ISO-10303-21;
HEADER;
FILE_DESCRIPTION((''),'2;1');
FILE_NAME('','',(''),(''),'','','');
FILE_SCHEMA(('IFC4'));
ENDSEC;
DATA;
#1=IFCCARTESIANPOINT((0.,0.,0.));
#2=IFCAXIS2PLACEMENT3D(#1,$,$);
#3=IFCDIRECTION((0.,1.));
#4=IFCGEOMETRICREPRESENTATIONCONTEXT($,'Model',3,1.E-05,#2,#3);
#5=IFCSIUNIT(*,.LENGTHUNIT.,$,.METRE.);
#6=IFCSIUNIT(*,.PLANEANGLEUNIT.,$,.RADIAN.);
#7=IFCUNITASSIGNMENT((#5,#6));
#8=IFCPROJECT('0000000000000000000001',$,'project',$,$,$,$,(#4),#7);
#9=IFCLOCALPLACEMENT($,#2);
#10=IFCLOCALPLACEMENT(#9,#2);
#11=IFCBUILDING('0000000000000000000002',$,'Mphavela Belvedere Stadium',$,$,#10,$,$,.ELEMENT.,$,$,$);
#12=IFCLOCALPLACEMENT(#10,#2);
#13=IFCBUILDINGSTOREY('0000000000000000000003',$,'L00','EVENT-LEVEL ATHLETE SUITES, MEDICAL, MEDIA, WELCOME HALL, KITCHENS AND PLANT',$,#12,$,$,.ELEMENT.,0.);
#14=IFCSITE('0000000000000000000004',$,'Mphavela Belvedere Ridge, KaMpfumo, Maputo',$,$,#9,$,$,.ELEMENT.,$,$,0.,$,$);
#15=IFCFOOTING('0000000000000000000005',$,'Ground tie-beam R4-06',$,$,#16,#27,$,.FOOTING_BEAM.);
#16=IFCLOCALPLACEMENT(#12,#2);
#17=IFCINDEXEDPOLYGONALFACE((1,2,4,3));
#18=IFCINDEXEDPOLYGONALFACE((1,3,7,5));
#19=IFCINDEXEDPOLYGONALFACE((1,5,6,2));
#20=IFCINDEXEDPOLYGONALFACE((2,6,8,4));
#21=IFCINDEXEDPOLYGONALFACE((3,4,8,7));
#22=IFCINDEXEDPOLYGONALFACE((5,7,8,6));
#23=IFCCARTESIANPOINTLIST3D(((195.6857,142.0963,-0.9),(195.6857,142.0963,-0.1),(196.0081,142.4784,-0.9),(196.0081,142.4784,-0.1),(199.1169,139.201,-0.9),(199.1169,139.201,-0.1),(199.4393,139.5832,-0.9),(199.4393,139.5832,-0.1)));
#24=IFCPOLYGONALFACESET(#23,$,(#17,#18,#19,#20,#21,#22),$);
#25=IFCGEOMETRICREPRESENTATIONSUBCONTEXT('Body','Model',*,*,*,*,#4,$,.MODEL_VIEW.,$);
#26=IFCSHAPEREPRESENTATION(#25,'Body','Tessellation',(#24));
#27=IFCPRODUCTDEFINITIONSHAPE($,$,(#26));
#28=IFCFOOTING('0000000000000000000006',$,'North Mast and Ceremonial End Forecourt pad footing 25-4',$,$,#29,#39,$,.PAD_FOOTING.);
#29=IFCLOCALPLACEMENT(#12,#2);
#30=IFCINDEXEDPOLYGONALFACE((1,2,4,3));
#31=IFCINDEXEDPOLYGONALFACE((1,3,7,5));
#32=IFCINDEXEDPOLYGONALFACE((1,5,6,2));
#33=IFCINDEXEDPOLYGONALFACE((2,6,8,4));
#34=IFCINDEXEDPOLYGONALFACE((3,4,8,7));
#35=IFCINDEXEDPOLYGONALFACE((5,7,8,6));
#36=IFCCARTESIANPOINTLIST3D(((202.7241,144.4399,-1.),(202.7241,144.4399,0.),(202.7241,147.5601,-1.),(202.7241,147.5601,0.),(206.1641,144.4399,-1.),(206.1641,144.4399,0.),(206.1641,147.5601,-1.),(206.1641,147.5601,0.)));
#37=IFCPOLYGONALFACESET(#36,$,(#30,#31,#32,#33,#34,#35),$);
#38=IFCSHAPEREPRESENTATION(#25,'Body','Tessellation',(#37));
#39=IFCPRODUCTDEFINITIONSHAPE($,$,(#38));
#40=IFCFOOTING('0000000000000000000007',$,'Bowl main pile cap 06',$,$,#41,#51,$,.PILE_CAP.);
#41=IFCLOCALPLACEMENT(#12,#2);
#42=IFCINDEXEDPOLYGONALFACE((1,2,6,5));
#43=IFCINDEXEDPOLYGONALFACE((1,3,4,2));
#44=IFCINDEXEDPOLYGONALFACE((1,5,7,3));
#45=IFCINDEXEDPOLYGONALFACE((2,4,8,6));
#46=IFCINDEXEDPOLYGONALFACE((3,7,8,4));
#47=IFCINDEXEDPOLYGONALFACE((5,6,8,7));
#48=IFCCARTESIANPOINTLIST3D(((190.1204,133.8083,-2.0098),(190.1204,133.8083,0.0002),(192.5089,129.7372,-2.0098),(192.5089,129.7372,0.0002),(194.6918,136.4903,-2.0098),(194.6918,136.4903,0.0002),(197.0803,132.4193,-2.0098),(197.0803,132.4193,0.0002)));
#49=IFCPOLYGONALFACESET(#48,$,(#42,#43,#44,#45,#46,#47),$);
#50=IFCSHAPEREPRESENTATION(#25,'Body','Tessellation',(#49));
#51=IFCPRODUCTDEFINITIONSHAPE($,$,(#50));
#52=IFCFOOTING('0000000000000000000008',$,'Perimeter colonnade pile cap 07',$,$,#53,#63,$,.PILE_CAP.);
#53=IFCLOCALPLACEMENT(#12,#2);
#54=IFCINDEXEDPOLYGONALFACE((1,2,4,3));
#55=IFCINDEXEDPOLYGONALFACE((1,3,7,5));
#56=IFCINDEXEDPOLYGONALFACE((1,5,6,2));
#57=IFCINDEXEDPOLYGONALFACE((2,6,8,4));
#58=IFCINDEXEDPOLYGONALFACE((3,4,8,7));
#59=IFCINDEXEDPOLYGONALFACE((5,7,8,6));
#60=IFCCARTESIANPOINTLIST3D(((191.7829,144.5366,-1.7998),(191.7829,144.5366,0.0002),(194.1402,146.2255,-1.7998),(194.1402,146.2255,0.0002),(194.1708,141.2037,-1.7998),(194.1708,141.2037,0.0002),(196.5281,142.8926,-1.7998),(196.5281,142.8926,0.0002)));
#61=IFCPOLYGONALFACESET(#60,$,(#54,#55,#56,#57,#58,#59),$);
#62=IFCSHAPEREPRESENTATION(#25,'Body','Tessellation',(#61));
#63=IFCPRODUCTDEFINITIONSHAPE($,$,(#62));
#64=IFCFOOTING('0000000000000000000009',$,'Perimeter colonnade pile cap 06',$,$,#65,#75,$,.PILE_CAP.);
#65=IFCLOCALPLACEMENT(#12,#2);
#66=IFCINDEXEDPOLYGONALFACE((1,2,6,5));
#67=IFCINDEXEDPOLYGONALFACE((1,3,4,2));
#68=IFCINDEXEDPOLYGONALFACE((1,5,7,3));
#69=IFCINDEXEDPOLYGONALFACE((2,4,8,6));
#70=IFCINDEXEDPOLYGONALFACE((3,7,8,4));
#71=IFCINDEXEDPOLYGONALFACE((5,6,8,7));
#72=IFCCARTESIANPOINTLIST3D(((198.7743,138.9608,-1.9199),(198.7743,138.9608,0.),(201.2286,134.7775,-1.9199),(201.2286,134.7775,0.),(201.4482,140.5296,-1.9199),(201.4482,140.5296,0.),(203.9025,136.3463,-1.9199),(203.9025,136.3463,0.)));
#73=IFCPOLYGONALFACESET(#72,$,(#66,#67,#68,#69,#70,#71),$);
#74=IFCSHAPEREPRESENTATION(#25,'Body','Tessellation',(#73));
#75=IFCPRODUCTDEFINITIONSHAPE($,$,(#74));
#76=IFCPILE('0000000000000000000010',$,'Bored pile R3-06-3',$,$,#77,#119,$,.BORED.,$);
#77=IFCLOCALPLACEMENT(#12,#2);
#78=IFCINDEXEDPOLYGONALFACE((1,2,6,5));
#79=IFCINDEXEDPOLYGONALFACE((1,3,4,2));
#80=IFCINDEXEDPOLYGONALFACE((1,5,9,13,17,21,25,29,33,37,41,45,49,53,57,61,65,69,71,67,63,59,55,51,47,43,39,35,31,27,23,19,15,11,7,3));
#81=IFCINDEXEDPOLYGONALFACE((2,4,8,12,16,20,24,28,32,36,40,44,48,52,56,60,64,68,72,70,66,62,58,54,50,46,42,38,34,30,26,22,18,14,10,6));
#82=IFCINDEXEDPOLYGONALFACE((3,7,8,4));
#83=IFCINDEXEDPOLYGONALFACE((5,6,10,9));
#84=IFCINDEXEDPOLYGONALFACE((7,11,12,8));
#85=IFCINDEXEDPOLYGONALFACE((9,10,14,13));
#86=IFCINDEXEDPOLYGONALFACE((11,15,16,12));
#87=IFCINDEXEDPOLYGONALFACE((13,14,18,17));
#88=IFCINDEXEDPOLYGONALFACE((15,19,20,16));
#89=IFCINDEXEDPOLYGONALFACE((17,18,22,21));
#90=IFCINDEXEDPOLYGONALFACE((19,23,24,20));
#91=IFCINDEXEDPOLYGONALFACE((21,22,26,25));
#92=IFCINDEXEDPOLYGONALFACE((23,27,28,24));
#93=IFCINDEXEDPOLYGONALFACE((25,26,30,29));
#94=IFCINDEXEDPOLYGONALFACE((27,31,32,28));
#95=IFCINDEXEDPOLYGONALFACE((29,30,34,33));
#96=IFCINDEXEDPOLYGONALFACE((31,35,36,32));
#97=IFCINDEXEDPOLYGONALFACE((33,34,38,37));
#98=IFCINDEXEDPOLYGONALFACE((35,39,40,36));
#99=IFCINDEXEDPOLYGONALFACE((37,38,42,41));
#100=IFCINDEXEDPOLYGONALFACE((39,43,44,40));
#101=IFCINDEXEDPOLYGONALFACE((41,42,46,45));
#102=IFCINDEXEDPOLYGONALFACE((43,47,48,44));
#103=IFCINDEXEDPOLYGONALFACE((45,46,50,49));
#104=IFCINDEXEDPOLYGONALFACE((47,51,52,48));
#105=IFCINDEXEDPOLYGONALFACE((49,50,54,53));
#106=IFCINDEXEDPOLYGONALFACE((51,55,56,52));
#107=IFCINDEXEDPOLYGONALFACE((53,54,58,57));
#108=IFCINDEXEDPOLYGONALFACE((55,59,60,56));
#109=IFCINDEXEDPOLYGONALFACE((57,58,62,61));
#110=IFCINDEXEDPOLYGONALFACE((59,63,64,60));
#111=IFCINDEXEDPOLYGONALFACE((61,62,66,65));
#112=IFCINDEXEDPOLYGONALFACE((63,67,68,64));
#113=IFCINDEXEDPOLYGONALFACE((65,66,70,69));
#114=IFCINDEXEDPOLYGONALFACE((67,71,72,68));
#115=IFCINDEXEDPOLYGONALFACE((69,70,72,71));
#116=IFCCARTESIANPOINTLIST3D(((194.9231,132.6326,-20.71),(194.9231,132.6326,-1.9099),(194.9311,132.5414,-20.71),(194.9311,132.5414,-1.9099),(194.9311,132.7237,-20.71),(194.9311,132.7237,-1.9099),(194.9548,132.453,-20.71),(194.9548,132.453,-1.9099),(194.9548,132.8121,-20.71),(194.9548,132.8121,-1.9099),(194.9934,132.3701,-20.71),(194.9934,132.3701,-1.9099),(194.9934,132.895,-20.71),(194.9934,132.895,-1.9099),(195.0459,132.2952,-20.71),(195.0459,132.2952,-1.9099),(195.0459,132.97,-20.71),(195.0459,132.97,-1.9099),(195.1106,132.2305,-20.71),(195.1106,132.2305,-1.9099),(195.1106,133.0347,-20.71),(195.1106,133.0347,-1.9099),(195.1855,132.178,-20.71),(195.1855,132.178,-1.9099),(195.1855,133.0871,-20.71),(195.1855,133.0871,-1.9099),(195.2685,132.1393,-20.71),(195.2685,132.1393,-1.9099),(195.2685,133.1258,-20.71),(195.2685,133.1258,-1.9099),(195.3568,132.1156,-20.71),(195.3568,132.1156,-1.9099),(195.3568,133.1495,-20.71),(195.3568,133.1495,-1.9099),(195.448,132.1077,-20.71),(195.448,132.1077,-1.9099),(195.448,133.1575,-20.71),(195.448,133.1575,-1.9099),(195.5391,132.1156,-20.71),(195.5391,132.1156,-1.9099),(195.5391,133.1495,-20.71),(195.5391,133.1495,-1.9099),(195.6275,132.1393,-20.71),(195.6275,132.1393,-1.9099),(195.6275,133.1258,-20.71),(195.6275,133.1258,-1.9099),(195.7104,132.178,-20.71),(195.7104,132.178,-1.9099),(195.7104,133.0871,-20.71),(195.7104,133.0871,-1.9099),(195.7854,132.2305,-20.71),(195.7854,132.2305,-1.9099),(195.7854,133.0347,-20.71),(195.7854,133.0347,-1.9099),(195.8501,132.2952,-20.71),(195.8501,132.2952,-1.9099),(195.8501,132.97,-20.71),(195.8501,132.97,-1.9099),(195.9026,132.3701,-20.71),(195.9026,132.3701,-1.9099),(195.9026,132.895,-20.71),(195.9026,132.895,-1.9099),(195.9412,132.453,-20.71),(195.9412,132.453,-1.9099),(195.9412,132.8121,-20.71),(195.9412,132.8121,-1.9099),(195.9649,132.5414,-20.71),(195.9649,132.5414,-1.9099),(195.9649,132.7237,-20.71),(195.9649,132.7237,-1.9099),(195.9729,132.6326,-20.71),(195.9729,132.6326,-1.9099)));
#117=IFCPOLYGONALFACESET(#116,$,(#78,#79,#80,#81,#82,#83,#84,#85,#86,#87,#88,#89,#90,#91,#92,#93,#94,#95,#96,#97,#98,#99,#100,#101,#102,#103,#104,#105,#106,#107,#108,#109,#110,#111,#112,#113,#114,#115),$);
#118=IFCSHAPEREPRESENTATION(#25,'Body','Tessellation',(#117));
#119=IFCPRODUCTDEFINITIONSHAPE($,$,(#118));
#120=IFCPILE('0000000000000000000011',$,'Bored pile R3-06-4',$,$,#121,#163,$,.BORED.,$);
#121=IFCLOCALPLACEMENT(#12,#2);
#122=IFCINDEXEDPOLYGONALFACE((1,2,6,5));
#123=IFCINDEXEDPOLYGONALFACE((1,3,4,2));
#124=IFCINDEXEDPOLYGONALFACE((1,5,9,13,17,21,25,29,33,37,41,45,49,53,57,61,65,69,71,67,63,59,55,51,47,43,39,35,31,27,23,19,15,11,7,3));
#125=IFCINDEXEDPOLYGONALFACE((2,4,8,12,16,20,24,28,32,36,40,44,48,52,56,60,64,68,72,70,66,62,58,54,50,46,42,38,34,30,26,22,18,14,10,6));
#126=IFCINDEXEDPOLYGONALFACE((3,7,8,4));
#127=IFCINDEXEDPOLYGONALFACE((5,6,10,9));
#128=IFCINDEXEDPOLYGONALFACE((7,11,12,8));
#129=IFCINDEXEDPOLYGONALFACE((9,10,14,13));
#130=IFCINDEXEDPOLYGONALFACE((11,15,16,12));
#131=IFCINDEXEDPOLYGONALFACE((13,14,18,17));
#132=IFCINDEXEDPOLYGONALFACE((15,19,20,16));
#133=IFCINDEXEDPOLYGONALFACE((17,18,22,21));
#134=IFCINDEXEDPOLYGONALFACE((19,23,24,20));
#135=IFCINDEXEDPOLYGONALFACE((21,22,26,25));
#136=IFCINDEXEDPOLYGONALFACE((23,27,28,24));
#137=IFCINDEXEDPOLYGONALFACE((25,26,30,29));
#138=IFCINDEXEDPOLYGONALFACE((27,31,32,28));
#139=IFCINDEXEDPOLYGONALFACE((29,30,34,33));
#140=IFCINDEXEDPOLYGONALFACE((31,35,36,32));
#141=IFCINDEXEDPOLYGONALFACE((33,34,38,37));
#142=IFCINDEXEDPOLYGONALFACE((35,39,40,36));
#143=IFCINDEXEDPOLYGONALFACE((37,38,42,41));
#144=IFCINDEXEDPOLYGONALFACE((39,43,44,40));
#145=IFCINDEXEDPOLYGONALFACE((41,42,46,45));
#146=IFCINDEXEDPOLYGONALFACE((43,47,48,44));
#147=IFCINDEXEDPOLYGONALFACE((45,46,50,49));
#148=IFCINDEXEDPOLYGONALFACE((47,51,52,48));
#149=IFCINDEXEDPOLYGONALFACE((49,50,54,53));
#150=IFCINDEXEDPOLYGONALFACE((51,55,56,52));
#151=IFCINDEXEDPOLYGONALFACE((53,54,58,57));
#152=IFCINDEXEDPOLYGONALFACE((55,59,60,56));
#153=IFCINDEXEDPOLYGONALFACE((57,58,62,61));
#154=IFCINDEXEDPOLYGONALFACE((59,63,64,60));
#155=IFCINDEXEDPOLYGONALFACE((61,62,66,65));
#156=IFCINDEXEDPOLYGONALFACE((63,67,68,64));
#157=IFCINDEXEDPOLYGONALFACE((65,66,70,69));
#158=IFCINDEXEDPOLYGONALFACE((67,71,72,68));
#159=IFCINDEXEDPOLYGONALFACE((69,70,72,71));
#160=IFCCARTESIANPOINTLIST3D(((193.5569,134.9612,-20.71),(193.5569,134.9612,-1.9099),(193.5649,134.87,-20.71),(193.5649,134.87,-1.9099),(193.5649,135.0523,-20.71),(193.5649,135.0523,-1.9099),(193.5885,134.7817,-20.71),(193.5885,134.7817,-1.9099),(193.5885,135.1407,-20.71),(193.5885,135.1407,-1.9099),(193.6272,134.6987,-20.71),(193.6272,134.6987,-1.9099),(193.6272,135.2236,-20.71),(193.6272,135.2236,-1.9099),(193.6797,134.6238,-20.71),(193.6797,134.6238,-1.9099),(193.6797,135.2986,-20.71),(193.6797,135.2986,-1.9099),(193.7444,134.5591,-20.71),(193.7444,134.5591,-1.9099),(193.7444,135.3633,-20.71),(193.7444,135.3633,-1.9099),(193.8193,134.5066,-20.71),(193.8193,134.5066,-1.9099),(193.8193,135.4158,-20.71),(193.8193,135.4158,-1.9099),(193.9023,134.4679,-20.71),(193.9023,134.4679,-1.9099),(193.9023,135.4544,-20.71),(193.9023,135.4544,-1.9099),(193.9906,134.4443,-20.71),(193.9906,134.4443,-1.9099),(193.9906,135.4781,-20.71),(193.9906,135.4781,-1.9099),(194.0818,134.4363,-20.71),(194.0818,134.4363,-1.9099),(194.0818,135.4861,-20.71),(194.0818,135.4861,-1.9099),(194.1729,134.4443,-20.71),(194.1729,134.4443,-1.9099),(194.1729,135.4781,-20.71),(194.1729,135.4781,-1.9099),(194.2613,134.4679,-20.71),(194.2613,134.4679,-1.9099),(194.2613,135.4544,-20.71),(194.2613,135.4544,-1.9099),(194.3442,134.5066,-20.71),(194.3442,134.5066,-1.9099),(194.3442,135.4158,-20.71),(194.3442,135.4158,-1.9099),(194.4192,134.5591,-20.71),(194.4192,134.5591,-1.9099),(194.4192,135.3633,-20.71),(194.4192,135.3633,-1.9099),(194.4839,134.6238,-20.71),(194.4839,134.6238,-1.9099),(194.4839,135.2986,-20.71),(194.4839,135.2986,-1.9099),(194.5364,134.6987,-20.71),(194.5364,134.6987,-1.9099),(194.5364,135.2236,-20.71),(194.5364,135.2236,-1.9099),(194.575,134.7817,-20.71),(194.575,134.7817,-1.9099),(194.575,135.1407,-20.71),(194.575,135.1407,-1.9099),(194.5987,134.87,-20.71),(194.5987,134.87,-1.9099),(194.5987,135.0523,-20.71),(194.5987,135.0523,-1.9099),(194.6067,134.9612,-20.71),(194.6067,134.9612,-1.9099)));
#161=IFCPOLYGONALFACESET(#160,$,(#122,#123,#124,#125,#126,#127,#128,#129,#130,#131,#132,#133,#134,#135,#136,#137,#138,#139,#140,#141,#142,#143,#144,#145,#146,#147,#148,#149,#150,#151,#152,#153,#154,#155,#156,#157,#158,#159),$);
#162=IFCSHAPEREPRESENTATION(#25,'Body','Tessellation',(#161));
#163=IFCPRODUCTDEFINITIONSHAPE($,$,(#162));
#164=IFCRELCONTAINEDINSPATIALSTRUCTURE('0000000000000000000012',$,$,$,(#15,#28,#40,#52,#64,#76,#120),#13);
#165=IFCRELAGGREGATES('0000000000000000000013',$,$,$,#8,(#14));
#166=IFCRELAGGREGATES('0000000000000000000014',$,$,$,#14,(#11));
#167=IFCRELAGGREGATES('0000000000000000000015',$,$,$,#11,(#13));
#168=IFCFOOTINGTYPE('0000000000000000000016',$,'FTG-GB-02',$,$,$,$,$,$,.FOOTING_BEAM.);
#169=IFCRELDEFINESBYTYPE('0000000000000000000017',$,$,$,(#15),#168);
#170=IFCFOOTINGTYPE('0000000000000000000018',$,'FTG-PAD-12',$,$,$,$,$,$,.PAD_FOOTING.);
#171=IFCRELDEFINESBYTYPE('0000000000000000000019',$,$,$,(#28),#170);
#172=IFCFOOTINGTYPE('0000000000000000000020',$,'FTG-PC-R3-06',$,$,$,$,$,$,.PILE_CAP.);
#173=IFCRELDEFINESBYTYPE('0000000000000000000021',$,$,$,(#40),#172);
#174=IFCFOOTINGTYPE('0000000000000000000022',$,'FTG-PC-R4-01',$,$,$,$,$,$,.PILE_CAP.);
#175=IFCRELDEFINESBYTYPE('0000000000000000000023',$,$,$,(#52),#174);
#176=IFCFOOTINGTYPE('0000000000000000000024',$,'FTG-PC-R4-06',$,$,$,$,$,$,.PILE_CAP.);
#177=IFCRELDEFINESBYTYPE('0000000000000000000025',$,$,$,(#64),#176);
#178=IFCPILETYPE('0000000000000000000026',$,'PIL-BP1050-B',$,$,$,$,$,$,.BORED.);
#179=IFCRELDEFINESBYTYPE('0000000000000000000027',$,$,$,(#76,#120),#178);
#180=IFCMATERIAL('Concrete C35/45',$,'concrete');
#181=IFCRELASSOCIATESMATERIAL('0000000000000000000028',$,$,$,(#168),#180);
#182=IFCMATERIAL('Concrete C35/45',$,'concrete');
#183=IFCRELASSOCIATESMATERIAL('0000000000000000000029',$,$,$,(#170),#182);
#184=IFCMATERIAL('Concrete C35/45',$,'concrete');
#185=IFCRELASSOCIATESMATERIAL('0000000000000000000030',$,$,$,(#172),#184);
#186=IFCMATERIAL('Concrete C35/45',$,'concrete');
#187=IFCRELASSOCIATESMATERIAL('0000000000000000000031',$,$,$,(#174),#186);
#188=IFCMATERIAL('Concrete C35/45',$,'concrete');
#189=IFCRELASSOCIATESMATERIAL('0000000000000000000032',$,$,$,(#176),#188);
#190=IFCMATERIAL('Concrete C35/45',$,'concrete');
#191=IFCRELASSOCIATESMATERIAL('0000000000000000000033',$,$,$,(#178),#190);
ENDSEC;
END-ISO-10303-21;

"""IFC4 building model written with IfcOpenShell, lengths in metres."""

from ifc_helpers import new_model, si_unit, direction, frame, origin, origin_2d, place, context, subcontext, project, spatial, rectangle, circle, extrude, material, material_profile, profile_set, type_object, element, save


model = new_model("IFC4")

# Units and contexts
model_context = context("Model", 3, precision=1e-05, world=origin(), true_north=direction((0.0, 1.0)))
body_context = subcontext(model_context, "Body", "Model", "MODEL_VIEW")
ifc_project = project(units=[si_unit("LENGTHUNIT", "METRE"), si_unit("PLANEANGLEUNIT", "RADIAN")], contexts=[model_context])

# Site, building, storey
site_placement = place(None, origin())
site = spatial("IfcSite", under=ifc_project, at=site_placement, Name="Mphavela Belvedere Ridge, KaMpfumo, Maputo", CompositionType="ELEMENT", RefElevation=0.0)
building_placement = place(site_placement, origin())
building = spatial("IfcBuilding", under=site, at=building_placement, Name="Mphavela Belvedere Stadium", CompositionType="ELEMENT")
storey_placement = place(building_placement, origin())
storey = spatial("IfcBuildingStorey", under=building, at=storey_placement, Name="L00", Description="EVENT-LEVEL ATHLETE SUITES, MEDICAL, MEDIA, WELCOME HALL, KITCHENS AND PLANT", CompositionType="ELEMENT", Elevation=0.0)

# Footings
ifc_material_1 = material(Name="Concrete C35/45", Category="concrete")
ifc_material_profile_1 = material_profile(ifc_material_1, rectangle(XDim=0.5, YDim=0.8, at=origin_2d()), Name="GB 500x800")
ifc_profile_set_1 = profile_set([ifc_material_profile_1], Name="Concrete C35/45")
footing_type_1 = type_object("IfcFootingType", Name="FTG-GB-02", PredefinedType="FOOTING_BEAM", material=ifc_profile_set_1)
footing_1_placement = place(storey_placement, frame((199.2781, 139.3921, -0.5), z_axis=(-0.764266, 0.644901, 0.0), x_axis=(-0.644901, -0.764266, 0.0)))
element("IfcFooting", 1, at=footing_1_placement, inside=storey, type_object=footing_type_1, Name="Ground tie-beam R4-06", PredefinedType="FOOTING_BEAM", context=body_context, shape_type="SweptSolid", body=[
    extrude(rectangle(XDim=0.5, YDim=0.8, at=origin_2d()), origin(), (0.0, 0.0, 1.0), 4.4895),
])
ifc_material_2 = material(Name="Concrete C35/45", Category="concrete")
footing_type_2 = type_object("IfcFootingType", Name="FTG-PAD-12", PredefinedType="PAD_FOOTING", material=ifc_material_2)
footing_2_placement = place(storey_placement, frame((204.4441, 146.0, -1.0), z_axis=(0.0, 0.0, 1.0), x_axis=(1.0, 0.0, 0.0)))
element("IfcFooting", 2, at=footing_2_placement, inside=storey, type_object=footing_type_2, Name="North Mast and Ceremonial End Forecourt pad footing 25-4", PredefinedType="PAD_FOOTING", context=body_context, shape_type="SweptSolid", body=[
    extrude(rectangle(XDim=3.4399, YDim=3.1201, at=origin_2d()), origin(), (0.0, 0.0, 1.0), 1.0),
])
ifc_material_3 = material(Name="Concrete C35/45", Category="concrete")
footing_type_3 = type_object("IfcFootingType", Name="FTG-PC-R3-06", PredefinedType="PILE_CAP", material=ifc_material_3)
footing_3_placement = place(storey_placement, frame((193.6003, 133.1138, -2.0098), z_axis=(0.0, 0.0, 1.0), x_axis=(0.862514, 0.506034, 0.0)))
element("IfcFooting", 3, at=footing_3_placement, inside=storey, type_object=footing_type_3, Name="Bowl main pile cap 06", PredefinedType="PILE_CAP", context=body_context, shape_type="SweptSolid", body=[
    extrude(rectangle(XDim=5.3, YDim=4.72, at=origin_2d()), origin(), (0.0, 0.0, 1.0), 2.01),
])
ifc_material_4 = material(Name="Concrete C35/45", Category="concrete")
footing_type_4 = type_object("IfcFootingType", Name="FTG-PC-R4-01", PredefinedType="PILE_CAP", material=ifc_material_4)
footing_4_placement = place(storey_placement, frame((194.1555, 143.7146, -1.7998), z_axis=(0.0, 0.0, 1.0), x_axis=(-0.582407, 0.812898, 0.0)))
element("IfcFooting", 4, at=footing_4_placement, inside=storey, type_object=footing_type_4, Name="Perimeter colonnade pile cap 07", PredefinedType="PILE_CAP", context=body_context, shape_type="SweptSolid", body=[
    extrude(rectangle(XDim=4.1001, YDim=2.8999, at=origin_2d()), origin(), (0.0, 0.0, 1.0), 1.8),
])
ifc_material_5 = material(Name="Concrete C35/45", Category="concrete")
footing_type_5 = type_object("IfcFootingType", Name="FTG-PC-R4-06", PredefinedType="PILE_CAP", material=ifc_material_5)
footing_5_placement = place(storey_placement, frame((201.3384, 137.6536, -1.9199), z_axis=(0.0, 0.0, 1.0), x_axis=(-0.506034, 0.862514, 0.0)))
element("IfcFooting", 5, at=footing_5_placement, inside=storey, type_object=footing_type_5, Name="Perimeter colonnade pile cap 06", PredefinedType="PILE_CAP", context=body_context, shape_type="SweptSolid", body=[
    extrude(rectangle(XDim=4.8501, YDim=3.1001, at=origin_2d()), origin(), (0.0, 0.0, 1.0), 1.9199),
])

# Piles
ifc_material_6 = material(Name="Concrete C35/45", Category="concrete")
ifc_material_profile_2 = material_profile(ifc_material_6, circle(Radius=0.5249, at=origin_2d()), Name="BP D1050")
ifc_profile_set_2 = profile_set([ifc_material_profile_2], Name="Concrete C35/45")
pile_type_1 = type_object("IfcPileType", Name="PIL-BP1050-B", PredefinedType="BORED", material=ifc_profile_set_2)
for number, where, z_axis, x_axis, name in (
    (6, (195.448, 132.6326, -1.9099), (0.0, 0.0, -1.0), (1.0, 0.0, 0.0), "Bored pile R3-06-3"),
    (7, (194.0818, 134.9612, -1.9099), (0.0, 0.0, -1.0), (1.0, 0.0, 0.0), "Bored pile R3-06-4"),
):
    element("IfcPile", number, at=place(storey_placement, frame(where, z_axis=z_axis, x_axis=x_axis)), inside=storey, type_object=pile_type_1, Name=name, PredefinedType="BORED", context=body_context, shape_type="SweptSolid", body=[
        extrude(circle(Radius=0.5249, at=origin_2d()), origin(), (0.0, 0.0, 1.0), 18.8),
    ])

save(model, "model.ifc")
